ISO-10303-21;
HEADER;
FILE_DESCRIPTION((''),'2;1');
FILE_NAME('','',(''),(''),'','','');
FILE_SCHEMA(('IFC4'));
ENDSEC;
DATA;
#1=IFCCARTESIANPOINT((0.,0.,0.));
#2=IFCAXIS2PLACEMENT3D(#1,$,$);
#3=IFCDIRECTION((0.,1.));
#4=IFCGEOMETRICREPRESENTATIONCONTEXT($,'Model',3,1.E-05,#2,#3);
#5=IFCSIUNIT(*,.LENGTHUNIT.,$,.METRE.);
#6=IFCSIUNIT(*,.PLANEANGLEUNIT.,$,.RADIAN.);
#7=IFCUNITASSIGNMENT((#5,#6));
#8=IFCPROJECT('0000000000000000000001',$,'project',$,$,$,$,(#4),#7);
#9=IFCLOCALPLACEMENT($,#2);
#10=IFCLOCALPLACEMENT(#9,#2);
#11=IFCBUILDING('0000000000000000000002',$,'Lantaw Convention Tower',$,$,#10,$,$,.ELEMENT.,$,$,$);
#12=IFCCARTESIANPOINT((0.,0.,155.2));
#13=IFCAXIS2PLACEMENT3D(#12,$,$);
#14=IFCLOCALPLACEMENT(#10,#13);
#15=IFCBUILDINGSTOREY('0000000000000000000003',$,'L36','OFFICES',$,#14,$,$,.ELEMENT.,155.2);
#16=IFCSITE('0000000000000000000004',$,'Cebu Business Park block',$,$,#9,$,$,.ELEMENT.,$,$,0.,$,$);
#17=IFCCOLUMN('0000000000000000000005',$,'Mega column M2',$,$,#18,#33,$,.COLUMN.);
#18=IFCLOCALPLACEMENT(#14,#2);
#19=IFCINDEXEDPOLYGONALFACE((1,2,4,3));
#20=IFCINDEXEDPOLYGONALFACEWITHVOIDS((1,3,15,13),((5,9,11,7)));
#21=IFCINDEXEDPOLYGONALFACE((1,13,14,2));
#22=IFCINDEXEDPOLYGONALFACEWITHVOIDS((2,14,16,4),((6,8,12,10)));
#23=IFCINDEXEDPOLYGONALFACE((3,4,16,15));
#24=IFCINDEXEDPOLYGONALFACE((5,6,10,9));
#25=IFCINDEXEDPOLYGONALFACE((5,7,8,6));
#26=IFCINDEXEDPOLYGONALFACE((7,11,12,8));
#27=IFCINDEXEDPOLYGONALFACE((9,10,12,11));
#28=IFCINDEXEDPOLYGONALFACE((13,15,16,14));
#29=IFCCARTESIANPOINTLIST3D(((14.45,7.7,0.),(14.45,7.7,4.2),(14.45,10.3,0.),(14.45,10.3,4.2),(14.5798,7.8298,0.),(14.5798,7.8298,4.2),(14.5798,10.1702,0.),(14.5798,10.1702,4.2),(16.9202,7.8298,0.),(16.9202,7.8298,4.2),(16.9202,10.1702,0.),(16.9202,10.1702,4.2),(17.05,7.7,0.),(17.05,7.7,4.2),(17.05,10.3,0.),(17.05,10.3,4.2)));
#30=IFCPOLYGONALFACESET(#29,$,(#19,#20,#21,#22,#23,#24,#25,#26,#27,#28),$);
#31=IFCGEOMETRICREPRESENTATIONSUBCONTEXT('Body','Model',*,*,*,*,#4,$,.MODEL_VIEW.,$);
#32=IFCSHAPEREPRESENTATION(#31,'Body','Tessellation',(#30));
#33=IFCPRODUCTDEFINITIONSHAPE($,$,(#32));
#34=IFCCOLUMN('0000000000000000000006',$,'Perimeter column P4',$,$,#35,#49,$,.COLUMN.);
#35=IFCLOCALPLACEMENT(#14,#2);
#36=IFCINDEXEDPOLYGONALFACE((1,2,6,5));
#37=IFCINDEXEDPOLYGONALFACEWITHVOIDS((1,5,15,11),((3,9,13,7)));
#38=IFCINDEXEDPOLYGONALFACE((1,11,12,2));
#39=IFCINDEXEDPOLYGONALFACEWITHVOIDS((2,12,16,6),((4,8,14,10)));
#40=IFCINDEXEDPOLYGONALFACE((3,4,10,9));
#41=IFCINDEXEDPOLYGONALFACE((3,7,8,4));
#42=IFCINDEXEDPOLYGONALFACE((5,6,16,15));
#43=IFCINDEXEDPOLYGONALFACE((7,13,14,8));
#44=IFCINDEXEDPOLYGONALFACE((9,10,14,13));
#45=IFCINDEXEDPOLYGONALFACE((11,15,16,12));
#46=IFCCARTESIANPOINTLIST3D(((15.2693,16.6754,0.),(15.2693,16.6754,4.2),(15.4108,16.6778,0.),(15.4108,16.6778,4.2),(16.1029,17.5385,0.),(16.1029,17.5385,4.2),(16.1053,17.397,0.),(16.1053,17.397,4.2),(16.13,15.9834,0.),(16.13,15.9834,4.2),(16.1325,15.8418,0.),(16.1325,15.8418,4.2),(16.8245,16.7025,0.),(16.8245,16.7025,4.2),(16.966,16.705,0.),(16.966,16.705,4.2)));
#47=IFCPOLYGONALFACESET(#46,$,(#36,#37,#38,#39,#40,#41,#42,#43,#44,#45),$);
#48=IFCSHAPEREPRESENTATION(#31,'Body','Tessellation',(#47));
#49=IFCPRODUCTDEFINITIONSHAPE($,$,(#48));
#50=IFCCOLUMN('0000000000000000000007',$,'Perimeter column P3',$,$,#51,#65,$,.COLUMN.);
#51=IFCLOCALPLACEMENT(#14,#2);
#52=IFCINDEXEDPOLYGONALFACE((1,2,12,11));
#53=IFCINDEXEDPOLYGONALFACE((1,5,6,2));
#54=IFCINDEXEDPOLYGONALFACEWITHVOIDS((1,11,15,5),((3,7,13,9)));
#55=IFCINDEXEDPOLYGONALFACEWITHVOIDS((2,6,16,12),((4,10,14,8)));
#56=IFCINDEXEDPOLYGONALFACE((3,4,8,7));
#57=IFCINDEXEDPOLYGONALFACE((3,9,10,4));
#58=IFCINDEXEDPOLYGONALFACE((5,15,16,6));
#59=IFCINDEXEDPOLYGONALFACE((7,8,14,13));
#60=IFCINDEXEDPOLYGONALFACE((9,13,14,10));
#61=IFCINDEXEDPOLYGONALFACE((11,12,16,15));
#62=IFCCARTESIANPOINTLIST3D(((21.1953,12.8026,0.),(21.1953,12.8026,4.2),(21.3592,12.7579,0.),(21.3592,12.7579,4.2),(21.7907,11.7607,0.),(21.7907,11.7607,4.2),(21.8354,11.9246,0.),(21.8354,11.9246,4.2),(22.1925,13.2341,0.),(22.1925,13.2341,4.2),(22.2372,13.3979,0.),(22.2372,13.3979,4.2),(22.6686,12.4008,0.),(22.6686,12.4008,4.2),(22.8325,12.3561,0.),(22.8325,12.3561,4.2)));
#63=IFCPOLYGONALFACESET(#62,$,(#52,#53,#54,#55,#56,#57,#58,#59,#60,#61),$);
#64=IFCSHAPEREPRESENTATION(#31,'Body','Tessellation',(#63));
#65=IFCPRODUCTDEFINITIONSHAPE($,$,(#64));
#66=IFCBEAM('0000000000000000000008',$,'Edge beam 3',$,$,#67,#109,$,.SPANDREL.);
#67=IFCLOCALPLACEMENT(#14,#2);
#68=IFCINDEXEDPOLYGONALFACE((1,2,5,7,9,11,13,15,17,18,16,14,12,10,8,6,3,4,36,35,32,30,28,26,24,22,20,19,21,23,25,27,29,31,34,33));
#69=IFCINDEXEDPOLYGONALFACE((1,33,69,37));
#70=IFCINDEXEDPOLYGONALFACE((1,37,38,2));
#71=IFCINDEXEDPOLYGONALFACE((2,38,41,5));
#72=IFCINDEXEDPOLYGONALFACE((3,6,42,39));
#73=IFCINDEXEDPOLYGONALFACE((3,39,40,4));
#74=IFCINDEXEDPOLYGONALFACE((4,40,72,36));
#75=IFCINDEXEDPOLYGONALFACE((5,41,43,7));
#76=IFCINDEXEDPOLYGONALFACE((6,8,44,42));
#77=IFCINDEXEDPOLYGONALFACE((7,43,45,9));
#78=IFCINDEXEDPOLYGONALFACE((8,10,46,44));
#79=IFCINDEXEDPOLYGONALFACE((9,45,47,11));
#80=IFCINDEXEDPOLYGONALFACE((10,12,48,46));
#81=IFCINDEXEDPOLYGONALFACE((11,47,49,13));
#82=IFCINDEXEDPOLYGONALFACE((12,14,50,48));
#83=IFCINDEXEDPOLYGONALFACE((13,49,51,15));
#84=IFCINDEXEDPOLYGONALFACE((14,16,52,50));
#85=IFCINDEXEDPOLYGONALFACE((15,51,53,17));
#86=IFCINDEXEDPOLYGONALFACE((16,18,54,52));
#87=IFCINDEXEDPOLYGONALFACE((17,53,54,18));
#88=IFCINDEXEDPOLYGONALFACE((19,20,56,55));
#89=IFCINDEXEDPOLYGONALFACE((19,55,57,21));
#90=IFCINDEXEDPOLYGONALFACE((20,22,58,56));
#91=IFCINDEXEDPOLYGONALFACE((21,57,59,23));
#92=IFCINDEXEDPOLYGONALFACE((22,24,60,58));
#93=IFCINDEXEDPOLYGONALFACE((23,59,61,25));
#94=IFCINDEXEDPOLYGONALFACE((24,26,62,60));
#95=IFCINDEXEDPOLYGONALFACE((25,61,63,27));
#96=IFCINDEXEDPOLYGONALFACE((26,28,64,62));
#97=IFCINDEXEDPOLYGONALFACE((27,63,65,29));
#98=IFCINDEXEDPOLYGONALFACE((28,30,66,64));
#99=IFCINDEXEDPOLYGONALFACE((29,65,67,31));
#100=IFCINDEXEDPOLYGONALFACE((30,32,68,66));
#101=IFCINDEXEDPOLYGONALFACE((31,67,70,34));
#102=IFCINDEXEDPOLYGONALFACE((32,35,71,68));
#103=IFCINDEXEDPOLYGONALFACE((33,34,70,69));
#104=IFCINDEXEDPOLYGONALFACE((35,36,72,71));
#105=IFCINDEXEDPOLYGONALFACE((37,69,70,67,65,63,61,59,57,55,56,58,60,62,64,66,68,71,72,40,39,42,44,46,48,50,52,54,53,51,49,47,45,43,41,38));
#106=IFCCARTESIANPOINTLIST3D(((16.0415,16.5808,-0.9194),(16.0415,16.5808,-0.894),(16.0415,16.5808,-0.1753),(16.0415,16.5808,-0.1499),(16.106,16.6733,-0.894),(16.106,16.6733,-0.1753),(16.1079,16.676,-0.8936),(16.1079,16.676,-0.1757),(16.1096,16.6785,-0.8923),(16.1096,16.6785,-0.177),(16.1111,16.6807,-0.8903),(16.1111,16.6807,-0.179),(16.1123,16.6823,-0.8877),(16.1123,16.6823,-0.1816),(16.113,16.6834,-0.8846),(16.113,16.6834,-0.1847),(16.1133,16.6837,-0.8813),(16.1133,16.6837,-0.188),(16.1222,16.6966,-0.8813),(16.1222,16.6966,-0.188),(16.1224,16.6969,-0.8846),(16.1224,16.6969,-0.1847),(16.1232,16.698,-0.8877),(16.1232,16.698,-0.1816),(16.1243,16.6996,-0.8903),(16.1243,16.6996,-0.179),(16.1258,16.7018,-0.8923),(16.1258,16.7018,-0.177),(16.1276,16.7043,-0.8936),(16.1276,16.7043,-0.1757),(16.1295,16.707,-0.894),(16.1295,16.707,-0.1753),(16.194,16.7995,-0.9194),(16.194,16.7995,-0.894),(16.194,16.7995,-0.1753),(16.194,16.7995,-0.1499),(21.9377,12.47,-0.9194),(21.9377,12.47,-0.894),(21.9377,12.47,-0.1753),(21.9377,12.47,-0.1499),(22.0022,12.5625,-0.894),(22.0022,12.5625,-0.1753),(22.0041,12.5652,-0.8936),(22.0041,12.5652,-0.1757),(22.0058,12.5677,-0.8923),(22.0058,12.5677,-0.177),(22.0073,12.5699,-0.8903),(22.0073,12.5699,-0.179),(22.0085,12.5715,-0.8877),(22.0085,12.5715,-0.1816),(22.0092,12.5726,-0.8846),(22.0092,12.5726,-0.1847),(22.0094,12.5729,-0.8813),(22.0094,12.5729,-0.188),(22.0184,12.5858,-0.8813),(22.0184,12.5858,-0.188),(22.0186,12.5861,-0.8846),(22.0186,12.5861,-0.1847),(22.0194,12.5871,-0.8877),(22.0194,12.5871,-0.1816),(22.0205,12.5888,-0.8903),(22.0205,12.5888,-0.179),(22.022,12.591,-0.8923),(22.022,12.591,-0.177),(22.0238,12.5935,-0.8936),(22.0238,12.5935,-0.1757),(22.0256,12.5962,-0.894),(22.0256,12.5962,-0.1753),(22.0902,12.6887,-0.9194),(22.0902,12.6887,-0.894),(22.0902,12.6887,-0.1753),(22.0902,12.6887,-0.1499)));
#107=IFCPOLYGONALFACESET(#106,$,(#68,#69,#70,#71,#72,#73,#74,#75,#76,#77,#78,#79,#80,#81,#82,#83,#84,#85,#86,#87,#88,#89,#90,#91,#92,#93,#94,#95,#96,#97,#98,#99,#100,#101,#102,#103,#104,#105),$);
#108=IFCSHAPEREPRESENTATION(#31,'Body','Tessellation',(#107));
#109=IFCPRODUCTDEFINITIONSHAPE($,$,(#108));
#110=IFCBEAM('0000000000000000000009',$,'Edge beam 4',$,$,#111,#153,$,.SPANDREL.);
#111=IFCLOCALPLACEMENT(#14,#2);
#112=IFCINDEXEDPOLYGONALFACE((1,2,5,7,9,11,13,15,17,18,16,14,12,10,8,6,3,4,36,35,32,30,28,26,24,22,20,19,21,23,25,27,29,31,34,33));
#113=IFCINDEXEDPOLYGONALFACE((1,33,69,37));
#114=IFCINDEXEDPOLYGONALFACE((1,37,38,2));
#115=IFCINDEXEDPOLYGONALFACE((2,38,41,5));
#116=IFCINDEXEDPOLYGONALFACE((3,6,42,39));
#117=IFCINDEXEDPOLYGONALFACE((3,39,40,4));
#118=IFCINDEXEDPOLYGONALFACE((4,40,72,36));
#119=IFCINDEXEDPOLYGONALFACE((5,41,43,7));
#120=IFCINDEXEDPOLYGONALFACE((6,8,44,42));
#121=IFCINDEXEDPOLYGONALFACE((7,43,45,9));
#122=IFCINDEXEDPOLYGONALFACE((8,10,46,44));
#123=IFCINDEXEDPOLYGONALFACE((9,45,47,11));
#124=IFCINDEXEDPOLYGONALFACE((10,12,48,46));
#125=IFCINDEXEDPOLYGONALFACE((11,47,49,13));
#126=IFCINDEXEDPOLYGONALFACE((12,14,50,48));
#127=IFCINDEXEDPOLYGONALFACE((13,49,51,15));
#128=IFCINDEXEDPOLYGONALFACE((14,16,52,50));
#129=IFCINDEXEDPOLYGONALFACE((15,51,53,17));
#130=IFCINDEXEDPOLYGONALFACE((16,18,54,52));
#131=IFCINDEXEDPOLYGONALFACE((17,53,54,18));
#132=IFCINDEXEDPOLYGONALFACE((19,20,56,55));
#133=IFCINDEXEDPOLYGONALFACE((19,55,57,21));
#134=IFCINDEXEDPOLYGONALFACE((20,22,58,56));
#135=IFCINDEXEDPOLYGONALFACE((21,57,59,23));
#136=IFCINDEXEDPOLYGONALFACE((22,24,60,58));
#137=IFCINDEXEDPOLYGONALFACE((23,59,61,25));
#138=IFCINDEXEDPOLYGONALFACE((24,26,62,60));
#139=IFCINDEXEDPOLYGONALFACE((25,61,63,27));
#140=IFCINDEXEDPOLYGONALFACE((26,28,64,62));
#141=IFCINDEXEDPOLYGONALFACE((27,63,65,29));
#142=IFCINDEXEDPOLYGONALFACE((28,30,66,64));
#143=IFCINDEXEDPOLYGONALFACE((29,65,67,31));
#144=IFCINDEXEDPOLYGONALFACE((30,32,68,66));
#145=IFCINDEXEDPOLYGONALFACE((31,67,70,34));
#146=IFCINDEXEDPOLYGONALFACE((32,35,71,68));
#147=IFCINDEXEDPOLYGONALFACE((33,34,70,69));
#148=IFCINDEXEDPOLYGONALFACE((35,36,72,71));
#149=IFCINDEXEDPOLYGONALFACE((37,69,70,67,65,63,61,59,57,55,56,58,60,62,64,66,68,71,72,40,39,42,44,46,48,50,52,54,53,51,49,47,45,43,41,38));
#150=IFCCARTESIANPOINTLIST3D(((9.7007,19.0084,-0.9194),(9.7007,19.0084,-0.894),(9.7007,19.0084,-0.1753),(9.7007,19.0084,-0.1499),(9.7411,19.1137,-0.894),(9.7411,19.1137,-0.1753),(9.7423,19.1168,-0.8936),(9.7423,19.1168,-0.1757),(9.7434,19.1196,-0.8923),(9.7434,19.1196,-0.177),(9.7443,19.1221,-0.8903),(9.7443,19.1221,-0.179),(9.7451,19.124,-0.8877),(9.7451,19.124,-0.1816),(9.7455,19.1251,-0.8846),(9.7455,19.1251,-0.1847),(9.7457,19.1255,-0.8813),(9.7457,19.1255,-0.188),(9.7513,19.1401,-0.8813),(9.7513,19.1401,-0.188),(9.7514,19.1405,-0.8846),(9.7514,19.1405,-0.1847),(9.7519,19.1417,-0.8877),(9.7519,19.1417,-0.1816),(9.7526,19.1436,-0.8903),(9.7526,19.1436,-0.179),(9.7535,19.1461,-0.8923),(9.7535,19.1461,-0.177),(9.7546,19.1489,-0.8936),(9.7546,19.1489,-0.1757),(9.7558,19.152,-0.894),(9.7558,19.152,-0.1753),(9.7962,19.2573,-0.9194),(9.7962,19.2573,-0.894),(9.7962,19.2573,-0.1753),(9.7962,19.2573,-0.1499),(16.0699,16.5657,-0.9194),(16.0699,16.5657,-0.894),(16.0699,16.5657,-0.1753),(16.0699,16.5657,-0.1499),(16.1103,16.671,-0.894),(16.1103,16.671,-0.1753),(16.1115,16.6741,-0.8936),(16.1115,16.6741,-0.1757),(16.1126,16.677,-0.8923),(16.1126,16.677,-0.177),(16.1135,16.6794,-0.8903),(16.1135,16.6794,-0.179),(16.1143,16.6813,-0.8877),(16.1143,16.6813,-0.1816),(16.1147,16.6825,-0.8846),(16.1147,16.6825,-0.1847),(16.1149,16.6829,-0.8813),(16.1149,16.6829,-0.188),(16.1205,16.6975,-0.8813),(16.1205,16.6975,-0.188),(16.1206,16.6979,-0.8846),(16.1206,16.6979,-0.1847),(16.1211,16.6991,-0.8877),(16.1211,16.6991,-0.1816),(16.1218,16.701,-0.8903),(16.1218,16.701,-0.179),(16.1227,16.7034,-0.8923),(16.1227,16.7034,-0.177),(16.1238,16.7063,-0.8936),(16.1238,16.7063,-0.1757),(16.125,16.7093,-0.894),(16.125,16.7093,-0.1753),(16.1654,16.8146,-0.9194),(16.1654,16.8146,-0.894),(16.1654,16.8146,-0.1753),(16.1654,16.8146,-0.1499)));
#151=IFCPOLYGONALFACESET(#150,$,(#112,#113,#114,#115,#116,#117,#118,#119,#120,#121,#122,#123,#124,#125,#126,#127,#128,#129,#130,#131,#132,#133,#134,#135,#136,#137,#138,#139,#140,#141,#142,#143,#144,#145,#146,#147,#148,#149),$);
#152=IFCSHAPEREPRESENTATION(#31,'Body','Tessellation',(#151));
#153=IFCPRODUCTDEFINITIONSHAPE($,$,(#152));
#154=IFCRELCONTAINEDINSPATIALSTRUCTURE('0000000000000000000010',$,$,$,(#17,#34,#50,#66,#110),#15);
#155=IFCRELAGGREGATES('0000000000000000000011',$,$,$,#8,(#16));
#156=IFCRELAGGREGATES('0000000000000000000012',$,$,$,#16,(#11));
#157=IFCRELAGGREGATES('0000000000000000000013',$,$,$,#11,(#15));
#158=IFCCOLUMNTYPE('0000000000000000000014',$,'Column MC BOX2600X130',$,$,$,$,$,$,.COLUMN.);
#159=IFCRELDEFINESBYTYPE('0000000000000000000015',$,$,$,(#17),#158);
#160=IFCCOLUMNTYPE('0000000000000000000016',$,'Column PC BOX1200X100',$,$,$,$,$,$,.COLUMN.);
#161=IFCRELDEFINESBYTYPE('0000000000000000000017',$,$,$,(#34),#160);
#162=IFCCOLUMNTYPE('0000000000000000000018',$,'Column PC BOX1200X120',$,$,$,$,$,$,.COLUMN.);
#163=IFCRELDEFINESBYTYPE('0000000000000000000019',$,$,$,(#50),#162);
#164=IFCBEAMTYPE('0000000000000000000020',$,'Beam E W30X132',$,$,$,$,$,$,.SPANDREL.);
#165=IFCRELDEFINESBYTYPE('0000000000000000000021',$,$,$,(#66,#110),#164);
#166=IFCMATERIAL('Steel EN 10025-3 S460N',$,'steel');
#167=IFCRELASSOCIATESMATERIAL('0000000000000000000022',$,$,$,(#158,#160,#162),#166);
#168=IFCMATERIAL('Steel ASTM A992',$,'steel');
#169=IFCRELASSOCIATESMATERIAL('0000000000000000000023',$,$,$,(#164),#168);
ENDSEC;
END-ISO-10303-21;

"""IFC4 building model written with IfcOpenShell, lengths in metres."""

from ifc_helpers import new_model, si_unit, direction, frame, origin, origin_2d, place, context, subcontext, project, spatial, rectangle, hollow_rectangle, i_section, extrude, material, material_profile, profile_set, type_object, element, save


model = new_model("IFC4")

# Units and contexts
model_context = context("Model", 3, precision=1e-05, world=origin(), true_north=direction((0.0, 1.0)))
body_context = subcontext(model_context, "Body", "Model", "MODEL_VIEW")
ifc_project = project(units=[si_unit("LENGTHUNIT", "METRE"), si_unit("PLANEANGLEUNIT", "RADIAN")], contexts=[model_context])

# Site, building, storey
site_placement = place(None, origin())
site = spatial("IfcSite", under=ifc_project, at=site_placement, Name="Cebu Business Park block", CompositionType="ELEMENT", RefElevation=0.0)
building_placement = place(site_placement, origin())
building = spatial("IfcBuilding", under=site, at=building_placement, Name="Lantaw Convention Tower", CompositionType="ELEMENT")
storey_placement = place(building_placement, frame((0.0, 0.0, 155.2)))
storey = spatial("IfcBuildingStorey", under=building, at=storey_placement, Name="L36", Description="OFFICES", CompositionType="ELEMENT", Elevation=155.2)

# Columns
ifc_material_1 = material(Name="Steel EN 10025-3 S460N", Category="steel")
ifc_material_profile_1 = material_profile(ifc_material_1, hollow_rectangle(XDim=2.6001, YDim=2.6001, WallThickness=0.1299, at=origin_2d()), Name="BOX2600X130")
ifc_material_2 = material(Name="Concrete C60/75", Category="concrete")
ifc_material_profile_2 = material_profile(ifc_material_2, rectangle(XDim=2.3401, YDim=2.3401, at=origin_2d()), Name="Concrete fill of BOX2600X130")
ifc_profile_set_1 = profile_set([ifc_material_profile_1, ifc_material_profile_2], Name="Steel EN 10025-3 S460N")
column_type_1 = type_object("IfcColumnType", Name="Column MC BOX2600X130", PredefinedType="COLUMN", material=ifc_profile_set_1)
column_1_placement = place(storey_placement, frame((15.75, 9.0, 0.0), z_axis=(0.0, 0.0, 1.0), x_axis=(1.0, 0.0, 0.0)))
element("IfcColumn", 1, at=column_1_placement, inside=storey, type_object=column_type_1, Name="Mega column M2", PredefinedType="COLUMN", context=body_context, shape_type="SweptSolid", body=[
    extrude(hollow_rectangle(XDim=2.6001, YDim=2.6001, WallThickness=0.1299, at=origin_2d()), origin(), (0.0, 0.0, 1.0), 4.2),
])
ifc_material_profile_3 = material_profile(ifc_material_1, hollow_rectangle(XDim=1.2, YDim=1.2, WallThickness=0.1001, at=origin_2d()), Name="BOX1200X100")
ifc_material_profile_4 = material_profile(ifc_material_2, rectangle(XDim=1.0, YDim=1.0, at=origin_2d()), Name="Concrete fill of BOX1200X100")
ifc_profile_set_2 = profile_set([ifc_material_profile_3, ifc_material_profile_4], Name="Steel EN 10025-3 S460N")
column_type_2 = type_object("IfcColumnType", Name="Column PC BOX1200X100", PredefinedType="COLUMN", material=ifc_profile_set_2)
column_2_placement = place(storey_placement, frame((16.1177, 16.6902, 0.0), z_axis=(0.0, 0.0, 1.0), x_axis=(0.694658, 0.71934, 0.0)))
element("IfcColumn", 2, at=column_2_placement, inside=storey, type_object=column_type_2, Name="Perimeter column P4", PredefinedType="COLUMN", context=body_context, shape_type="SweptSolid", body=[
    extrude(hollow_rectangle(XDim=1.2, YDim=1.2, WallThickness=0.1001, at=origin_2d()), origin(), (0.0, 0.0, 1.0), 4.2),
])
ifc_material_profile_5 = material_profile(ifc_material_1, hollow_rectangle(XDim=1.2, YDim=1.2, WallThickness=0.1201, at=origin_2d()), Name="BOX1200X120")
ifc_material_profile_6 = material_profile(ifc_material_2, rectangle(XDim=0.96, YDim=0.96, at=origin_2d()), Name="Concrete fill of BOX1200X120")
ifc_profile_set_3 = profile_set([ifc_material_profile_5, ifc_material_profile_6], Name="Steel EN 10025-3 S460N")
column_type_3 = type_object("IfcColumnType", Name="Column PC BOX1200X120", PredefinedType="COLUMN", material=ifc_profile_set_3)
column_3_placement = place(storey_placement, frame((22.0139, 12.5793, 0.0), z_axis=(0.0, 0.0, 1.0), x_axis=(0.868243, 0.496139, 0.0)))
element("IfcColumn", 3, at=column_3_placement, inside=storey, type_object=column_type_3, Name="Perimeter column P3", PredefinedType="COLUMN", context=body_context, shape_type="SweptSolid", body=[
    extrude(hollow_rectangle(XDim=1.2, YDim=1.2, WallThickness=0.1201, at=origin_2d()), origin(), (0.0, 0.0, 1.0), 4.2),
])

# Beams
ifc_material_3 = material(Name="Steel ASTM A992", Category="steel")
ifc_material_profile_7 = material_profile(ifc_material_3, i_section(OverallWidth=0.2666, OverallDepth=0.7695, WebThickness=0.0156, FlangeThickness=0.0254, FilletRadius=0.0127, at=origin_2d()), Name="W30X132")
ifc_profile_set_4 = profile_set([ifc_material_profile_7], Name="Steel ASTM A992")
beam_type_1 = type_object("IfcBeamType", Name="Beam E W30X132", PredefinedType="SPANDREL", material=ifc_profile_set_4)
beam_1_placement = place(storey_placement, frame((22.0139, 12.5793, -0.5347), z_axis=(-0.820311, 0.571918, 0.0), x_axis=(-0.571918, -0.820311, 0.0)))
element("IfcBeam", 4, at=beam_1_placement, inside=storey, type_object=beam_type_1, Name="Edge beam 3", PredefinedType="SPANDREL", context=body_context, shape_type="SweptSolid", body=[
    extrude(i_section(OverallWidth=0.2666, OverallDepth=0.7695, WebThickness=0.0156, FlangeThickness=0.0254, FilletRadius=0.0127, at=origin_2d()), origin(), (0.0, 0.0, 1.0), 7.1877),
])
beam_2_placement = place(storey_placement, frame((16.1177, 16.6902, -0.5347), z_axis=(-0.933691, 0.35808, 0.0), x_axis=(-0.35808, -0.933691, 0.0)))
element("IfcBeam", 5, at=beam_2_placement, inside=storey, type_object=beam_type_1, Name="Edge beam 4", PredefinedType="SPANDREL", context=body_context, shape_type="SweptSolid", body=[
    extrude(i_section(OverallWidth=0.2666, OverallDepth=0.7695, WebThickness=0.0156, FlangeThickness=0.0254, FilletRadius=0.0127, at=origin_2d()), origin(), (0.0, 0.0, 1.0), 6.8215),
])

save(model, "model.ifc")
